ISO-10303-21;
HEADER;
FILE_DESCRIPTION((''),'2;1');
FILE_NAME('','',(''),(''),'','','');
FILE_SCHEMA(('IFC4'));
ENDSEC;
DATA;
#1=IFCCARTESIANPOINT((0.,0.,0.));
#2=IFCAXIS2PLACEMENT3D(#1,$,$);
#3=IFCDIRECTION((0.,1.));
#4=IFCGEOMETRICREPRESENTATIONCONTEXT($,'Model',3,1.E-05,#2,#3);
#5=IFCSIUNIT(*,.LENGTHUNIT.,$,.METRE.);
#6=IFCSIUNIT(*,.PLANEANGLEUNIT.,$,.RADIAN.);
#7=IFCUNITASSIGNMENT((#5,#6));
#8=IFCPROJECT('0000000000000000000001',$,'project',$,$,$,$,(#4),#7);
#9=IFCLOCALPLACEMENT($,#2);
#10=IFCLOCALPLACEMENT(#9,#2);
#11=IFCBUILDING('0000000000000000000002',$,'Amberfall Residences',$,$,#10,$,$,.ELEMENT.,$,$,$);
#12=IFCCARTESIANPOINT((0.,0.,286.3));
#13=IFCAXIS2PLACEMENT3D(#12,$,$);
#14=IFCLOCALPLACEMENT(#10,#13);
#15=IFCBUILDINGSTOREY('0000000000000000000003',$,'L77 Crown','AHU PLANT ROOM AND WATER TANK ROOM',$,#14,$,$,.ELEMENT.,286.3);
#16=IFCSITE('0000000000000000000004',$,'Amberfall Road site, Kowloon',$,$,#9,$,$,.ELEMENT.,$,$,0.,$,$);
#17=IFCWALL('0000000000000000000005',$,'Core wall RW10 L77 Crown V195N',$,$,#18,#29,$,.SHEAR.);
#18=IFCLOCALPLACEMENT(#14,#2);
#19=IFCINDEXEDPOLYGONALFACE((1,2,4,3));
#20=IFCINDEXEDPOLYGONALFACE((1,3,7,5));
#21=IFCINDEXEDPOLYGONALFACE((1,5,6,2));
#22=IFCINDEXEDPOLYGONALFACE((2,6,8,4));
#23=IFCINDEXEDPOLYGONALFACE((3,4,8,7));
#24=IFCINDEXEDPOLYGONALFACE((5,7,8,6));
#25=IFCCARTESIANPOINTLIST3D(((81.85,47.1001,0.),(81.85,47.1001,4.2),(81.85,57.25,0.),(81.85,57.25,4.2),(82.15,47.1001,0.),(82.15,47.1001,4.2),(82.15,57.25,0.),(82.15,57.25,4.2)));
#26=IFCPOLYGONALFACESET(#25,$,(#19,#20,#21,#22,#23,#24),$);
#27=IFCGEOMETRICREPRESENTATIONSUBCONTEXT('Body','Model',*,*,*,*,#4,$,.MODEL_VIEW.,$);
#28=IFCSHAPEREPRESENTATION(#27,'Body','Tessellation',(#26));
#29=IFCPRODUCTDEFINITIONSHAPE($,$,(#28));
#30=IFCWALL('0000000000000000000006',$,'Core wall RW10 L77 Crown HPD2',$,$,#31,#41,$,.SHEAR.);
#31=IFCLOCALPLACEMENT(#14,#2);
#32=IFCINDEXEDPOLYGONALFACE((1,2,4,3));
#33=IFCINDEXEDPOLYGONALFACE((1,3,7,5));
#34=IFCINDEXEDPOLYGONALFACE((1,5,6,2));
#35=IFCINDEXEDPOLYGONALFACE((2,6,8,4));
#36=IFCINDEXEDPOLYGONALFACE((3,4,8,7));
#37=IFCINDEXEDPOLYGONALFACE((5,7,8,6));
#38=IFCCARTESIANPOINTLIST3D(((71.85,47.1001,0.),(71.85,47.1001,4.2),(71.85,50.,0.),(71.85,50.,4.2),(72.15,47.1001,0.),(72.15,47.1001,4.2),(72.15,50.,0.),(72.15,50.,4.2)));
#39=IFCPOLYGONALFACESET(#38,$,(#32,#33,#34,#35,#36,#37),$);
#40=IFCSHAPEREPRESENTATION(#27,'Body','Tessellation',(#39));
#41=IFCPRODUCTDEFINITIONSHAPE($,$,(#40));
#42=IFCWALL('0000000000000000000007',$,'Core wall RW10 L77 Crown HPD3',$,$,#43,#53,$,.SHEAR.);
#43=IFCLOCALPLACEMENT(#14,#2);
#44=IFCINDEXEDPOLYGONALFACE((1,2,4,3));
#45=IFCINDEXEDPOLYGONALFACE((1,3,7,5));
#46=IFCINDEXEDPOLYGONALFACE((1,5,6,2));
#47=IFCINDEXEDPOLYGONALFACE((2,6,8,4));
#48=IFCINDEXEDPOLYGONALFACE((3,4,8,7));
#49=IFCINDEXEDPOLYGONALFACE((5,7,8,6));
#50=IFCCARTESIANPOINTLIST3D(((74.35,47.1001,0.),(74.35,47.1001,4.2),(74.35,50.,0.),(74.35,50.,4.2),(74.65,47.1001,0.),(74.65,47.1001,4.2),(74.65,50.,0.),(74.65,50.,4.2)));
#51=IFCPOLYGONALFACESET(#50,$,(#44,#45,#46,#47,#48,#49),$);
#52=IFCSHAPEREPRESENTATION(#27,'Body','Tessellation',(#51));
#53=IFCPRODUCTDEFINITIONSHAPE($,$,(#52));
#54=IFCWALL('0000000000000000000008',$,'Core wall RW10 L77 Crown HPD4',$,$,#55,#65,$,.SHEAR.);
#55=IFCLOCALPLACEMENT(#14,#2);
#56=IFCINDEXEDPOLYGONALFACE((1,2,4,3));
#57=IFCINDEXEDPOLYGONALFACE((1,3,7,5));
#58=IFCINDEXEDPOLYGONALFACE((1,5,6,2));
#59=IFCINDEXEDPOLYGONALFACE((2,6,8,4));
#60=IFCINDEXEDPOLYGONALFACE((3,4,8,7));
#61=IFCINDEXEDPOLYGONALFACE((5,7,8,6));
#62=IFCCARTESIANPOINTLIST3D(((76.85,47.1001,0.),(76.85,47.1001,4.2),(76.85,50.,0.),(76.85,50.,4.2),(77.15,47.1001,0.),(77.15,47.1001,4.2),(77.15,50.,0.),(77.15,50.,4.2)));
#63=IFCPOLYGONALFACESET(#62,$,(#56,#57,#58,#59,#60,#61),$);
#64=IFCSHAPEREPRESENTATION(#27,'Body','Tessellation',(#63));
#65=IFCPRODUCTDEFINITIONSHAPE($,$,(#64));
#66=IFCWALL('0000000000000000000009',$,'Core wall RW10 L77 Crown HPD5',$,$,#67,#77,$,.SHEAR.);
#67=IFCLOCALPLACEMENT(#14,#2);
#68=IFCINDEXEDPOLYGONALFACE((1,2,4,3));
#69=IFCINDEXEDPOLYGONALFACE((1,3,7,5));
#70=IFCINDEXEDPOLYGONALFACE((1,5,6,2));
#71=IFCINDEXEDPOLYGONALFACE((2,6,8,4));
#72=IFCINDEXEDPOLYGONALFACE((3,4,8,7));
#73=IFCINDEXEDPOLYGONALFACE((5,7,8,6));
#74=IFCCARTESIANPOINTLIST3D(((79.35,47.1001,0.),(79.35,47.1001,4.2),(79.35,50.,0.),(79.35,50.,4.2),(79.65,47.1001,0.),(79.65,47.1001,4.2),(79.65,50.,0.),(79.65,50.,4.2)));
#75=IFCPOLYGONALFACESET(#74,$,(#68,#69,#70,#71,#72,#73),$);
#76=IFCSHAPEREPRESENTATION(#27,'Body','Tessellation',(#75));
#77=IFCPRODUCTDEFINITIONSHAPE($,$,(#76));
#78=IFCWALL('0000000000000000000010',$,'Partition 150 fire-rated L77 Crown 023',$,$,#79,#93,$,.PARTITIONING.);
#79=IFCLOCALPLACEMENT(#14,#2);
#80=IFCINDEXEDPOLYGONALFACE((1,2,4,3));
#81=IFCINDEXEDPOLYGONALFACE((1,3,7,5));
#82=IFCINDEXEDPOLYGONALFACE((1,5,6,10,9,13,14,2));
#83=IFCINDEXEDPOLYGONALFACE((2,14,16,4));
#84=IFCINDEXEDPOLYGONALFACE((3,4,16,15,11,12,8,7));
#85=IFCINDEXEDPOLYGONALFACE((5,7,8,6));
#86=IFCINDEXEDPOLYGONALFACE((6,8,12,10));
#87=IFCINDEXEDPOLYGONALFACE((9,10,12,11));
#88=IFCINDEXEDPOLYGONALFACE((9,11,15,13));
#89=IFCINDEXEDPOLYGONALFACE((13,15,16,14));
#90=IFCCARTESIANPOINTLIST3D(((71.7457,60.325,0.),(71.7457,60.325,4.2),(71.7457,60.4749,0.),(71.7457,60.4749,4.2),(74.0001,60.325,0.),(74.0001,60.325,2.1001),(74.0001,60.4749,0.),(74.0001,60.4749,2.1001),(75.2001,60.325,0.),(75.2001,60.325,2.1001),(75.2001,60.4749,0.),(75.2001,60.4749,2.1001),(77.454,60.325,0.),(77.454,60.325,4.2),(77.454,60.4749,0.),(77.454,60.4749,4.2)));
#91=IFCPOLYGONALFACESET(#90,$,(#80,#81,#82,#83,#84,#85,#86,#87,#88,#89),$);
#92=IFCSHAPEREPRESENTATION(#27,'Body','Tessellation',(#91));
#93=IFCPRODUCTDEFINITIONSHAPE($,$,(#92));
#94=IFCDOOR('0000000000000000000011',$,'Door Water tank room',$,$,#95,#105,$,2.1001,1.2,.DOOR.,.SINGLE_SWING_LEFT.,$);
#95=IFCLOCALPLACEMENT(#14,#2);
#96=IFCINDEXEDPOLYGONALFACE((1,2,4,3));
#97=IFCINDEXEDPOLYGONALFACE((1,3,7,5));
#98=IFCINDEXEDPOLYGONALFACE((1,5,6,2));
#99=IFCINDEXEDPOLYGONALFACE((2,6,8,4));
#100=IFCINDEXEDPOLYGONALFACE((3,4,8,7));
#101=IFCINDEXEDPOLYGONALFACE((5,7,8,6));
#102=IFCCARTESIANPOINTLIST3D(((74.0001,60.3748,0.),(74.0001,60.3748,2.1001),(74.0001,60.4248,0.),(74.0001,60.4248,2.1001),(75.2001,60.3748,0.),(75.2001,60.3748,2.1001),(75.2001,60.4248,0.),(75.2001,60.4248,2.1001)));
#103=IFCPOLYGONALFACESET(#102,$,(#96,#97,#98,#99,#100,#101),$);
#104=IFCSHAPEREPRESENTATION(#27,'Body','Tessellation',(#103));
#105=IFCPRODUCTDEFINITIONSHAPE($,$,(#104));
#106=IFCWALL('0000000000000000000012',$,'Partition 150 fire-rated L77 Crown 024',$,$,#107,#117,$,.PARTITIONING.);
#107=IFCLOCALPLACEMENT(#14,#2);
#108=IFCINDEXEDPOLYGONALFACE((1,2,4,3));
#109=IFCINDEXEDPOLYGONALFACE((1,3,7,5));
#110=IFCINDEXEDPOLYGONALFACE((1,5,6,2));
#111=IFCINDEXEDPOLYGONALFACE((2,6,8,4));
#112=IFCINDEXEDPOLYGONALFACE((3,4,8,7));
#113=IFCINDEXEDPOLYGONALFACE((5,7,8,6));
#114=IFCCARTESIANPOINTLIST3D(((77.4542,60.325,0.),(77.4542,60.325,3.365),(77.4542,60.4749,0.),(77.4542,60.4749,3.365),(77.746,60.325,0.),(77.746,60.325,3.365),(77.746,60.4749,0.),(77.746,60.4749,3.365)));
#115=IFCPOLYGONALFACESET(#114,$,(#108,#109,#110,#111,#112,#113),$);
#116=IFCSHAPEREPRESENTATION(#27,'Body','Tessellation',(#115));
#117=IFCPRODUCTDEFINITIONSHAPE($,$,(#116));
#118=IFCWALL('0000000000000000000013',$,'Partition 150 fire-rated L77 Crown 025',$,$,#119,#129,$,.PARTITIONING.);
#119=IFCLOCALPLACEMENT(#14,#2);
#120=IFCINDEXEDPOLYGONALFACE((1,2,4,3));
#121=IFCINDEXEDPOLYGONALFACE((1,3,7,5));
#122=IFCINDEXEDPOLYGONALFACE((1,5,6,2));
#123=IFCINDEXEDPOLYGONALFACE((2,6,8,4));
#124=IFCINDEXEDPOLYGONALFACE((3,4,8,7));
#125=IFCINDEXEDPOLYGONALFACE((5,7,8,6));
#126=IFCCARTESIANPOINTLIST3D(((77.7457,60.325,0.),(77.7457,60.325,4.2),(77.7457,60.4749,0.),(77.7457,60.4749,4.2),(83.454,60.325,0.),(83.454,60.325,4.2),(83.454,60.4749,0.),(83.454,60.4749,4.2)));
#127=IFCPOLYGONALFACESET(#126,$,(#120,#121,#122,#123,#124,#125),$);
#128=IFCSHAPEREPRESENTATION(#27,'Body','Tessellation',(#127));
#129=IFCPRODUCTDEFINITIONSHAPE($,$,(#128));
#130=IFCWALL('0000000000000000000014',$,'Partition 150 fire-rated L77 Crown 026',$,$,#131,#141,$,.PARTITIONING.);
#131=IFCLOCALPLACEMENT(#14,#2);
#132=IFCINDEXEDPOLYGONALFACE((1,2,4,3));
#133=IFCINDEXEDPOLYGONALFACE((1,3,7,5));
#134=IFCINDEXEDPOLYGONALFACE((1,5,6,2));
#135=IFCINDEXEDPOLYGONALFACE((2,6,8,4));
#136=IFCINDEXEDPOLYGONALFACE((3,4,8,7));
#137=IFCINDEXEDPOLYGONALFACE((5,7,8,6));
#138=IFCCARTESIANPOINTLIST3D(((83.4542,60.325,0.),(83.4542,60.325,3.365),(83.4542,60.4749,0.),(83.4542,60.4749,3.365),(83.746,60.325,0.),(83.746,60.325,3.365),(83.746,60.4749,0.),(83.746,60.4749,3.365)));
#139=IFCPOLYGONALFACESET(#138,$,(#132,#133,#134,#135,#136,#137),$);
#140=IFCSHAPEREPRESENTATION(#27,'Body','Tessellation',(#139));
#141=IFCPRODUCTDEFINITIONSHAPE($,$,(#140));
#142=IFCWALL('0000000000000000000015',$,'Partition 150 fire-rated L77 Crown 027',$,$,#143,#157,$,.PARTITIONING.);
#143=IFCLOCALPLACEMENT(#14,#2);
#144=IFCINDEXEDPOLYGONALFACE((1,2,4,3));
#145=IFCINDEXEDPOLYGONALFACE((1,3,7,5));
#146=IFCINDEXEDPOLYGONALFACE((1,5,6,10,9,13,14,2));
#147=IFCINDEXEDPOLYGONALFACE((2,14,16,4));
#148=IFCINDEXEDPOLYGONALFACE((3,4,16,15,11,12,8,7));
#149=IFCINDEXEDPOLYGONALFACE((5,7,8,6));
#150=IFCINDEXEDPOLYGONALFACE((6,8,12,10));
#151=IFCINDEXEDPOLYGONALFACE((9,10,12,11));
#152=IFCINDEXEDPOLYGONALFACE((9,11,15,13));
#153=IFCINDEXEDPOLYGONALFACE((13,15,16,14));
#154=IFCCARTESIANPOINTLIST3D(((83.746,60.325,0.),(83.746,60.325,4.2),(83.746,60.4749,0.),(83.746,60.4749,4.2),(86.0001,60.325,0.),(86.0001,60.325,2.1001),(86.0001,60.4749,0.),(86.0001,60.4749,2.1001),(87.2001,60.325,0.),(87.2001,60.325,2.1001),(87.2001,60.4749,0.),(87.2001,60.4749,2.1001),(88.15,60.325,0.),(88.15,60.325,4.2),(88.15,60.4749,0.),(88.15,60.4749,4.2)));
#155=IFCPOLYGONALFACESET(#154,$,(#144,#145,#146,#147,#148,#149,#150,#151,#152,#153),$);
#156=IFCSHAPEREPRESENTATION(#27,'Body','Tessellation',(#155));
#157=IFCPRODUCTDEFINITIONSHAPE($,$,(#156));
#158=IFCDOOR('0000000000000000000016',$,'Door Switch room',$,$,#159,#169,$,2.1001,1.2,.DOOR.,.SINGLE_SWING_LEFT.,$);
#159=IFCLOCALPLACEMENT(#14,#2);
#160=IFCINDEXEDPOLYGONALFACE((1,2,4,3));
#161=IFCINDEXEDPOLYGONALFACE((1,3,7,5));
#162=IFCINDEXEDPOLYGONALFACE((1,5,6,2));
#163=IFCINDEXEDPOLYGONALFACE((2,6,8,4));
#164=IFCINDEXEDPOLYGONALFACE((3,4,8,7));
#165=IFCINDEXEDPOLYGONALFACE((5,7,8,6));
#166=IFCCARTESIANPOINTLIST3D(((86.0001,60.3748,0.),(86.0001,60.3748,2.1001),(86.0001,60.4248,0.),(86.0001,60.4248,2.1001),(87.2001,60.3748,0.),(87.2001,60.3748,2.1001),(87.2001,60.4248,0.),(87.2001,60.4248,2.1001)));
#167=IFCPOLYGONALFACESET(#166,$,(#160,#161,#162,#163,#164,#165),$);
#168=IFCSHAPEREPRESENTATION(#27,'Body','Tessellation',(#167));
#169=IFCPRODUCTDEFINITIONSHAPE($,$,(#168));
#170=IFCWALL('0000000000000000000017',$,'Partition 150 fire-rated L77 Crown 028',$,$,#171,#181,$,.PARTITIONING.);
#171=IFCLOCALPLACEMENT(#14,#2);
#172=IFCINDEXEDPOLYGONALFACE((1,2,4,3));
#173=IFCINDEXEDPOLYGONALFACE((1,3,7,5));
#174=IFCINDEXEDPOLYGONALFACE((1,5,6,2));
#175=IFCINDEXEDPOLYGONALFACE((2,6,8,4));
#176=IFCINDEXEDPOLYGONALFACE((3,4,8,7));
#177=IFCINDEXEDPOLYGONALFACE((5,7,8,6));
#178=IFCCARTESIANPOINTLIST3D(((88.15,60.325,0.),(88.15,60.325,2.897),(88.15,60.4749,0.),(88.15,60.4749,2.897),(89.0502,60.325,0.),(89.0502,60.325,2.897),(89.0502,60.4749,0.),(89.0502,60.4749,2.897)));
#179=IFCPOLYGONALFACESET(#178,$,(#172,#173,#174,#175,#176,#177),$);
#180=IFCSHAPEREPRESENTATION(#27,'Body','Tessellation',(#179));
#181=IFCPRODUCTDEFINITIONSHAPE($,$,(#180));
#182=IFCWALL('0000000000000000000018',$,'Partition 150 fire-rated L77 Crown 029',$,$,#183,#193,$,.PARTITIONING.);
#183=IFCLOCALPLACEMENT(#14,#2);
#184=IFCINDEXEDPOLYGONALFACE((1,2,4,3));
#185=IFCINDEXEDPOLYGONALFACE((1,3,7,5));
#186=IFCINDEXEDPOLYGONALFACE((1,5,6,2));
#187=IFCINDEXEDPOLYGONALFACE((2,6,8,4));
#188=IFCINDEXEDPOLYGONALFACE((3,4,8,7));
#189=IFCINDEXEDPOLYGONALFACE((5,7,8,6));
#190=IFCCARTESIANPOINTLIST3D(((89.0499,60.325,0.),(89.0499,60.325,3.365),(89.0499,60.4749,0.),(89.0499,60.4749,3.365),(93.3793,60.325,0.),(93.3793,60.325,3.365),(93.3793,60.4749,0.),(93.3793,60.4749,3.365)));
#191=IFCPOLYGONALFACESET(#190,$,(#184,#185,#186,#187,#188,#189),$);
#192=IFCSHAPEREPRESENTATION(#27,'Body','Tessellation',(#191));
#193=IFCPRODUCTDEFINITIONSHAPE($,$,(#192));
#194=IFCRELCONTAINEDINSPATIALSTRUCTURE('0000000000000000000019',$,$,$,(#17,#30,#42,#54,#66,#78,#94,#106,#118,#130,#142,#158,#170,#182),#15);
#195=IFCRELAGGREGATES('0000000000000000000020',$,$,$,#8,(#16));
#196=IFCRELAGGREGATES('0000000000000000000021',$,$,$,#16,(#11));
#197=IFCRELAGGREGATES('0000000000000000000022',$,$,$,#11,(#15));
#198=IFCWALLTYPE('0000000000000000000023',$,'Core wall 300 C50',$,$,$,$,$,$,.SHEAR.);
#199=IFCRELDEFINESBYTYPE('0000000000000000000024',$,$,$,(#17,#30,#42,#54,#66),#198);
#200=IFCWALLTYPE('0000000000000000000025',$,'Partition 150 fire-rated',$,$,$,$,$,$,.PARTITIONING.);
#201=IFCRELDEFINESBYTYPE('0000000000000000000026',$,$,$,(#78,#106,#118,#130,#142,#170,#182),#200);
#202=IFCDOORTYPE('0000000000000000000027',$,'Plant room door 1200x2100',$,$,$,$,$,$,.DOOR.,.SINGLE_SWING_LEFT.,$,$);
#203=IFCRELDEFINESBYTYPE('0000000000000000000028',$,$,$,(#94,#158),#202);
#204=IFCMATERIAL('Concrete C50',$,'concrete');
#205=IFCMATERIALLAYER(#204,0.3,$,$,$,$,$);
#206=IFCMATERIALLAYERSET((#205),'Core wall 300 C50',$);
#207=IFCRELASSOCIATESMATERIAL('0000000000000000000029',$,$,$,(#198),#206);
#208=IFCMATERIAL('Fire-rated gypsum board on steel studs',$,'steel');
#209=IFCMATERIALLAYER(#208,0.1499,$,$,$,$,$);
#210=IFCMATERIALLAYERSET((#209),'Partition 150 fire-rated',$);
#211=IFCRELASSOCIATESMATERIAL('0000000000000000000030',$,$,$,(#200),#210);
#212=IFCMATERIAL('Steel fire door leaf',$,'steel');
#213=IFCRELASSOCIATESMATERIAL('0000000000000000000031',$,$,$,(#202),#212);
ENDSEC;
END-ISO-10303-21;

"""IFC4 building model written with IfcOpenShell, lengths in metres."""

from ifc_helpers import new_model, si_unit, direction, frame, frame_2d, origin, place, context, subcontext, project, spatial, rectangle, extrude, material, layer, layer_set, type_object, element, fill, save


model = new_model("IFC4")

# Units and contexts
model_context = context("Model", 3, precision=1e-05, world=origin(), true_north=direction((0.0, 1.0)))
body_context = subcontext(model_context, "Body", "Model", "MODEL_VIEW")
ifc_project = project(units=[si_unit("LENGTHUNIT", "METRE"), si_unit("PLANEANGLEUNIT", "RADIAN")], contexts=[model_context])

# Site, building, storey
site_placement = place(None, origin())
site = spatial("IfcSite", under=ifc_project, at=site_placement, Name="Amberfall Road site, Kowloon", CompositionType="ELEMENT", RefElevation=0.0)
building_placement = place(site_placement, origin())
building = spatial("IfcBuilding", under=site, at=building_placement, Name="Amberfall Residences", CompositionType="ELEMENT")
storey_placement = place(building_placement, frame((0.0, 0.0, 286.3)))
storey = spatial("IfcBuildingStorey", under=building, at=storey_placement, Name="L77 Crown", Description="AHU PLANT ROOM AND WATER TANK ROOM", CompositionType="ELEMENT", Elevation=286.3)

# Walls
ifc_material_1 = material(Name="Concrete C50", Category="concrete")
ifc_layer_1 = layer(ifc_material_1, 0.3)
ifc_layer_set_1 = layer_set([ifc_layer_1], Name="Core wall 300 C50")
wall_type_1 = type_object("IfcWallType", Name="Core wall 300 C50", PredefinedType="SHEAR", material=ifc_layer_set_1)
wall_1_placement = place(storey_placement, frame((82.0, 47.1001, 0.0), z_axis=(0.0, 0.0, 1.0), x_axis=(0.0, 1.0, 0.0)))
element("IfcWall", 1, at=wall_1_placement, inside=storey, type_object=wall_type_1, Name="Core wall RW10 L77 Crown V195N", PredefinedType="SHEAR", context=body_context, shape_type="SweptSolid", body=[
    extrude(rectangle(XDim=10.1499, YDim=0.3, at=frame_2d((5.075, 0.0))), origin(), (0.0, 0.0, 1.0), 4.2),
])
for number, where, z_axis, x_axis, name in (
    (2, (72.0, 47.1001, 0.0), (0.0, 0.0, 1.0), (0.0, 1.0, 0.0), "Core wall RW10 L77 Crown HPD2"),
    (3, (74.5, 47.1001, 0.0), (0.0, 0.0, 1.0), (0.0, 1.0, 0.0), "Core wall RW10 L77 Crown HPD3"),
    (4, (77.0, 47.1001, 0.0), (0.0, 0.0, 1.0), (0.0, 1.0, 0.0), "Core wall RW10 L77 Crown HPD4"),
    (5, (79.5, 47.1001, 0.0), (0.0, 0.0, 1.0), (0.0, 1.0, 0.0), "Core wall RW10 L77 Crown HPD5"),
):
    element("IfcWall", number, at=place(storey_placement, frame(where, z_axis=z_axis, x_axis=x_axis)), inside=storey, type_object=wall_type_1, Name=name, PredefinedType="SHEAR", context=body_context, shape_type="SweptSolid", body=[
        extrude(rectangle(XDim=2.8999, YDim=0.3, at=frame_2d((1.45, 0.0))), origin(), (0.0, 0.0, 1.0), 4.2),
    ])

# Wall, opening, door
ifc_material_2 = material(Name="Fire-rated gypsum board on steel studs", Category="steel")
ifc_layer_2 = layer(ifc_material_2, 0.1499)
ifc_layer_set_2 = layer_set([ifc_layer_2], Name="Partition 150 fire-rated")
wall_type_2 = type_object("IfcWallType", Name="Partition 150 fire-rated", PredefinedType="PARTITIONING", material=ifc_layer_set_2)
wall_2_placement = place(storey_placement, frame((71.7458, 60.3999, 0.0), z_axis=(0.0, 0.0, 1.0), x_axis=(1.0, 0.0, 0.0)))
wall_2 = element("IfcWall", 6, at=wall_2_placement, inside=storey, type_object=wall_type_2, Name="Partition 150 fire-rated L77 Crown 023", PredefinedType="PARTITIONING", context=body_context, shape_type="SweptSolid", body=[
    extrude(rectangle(XDim=5.7083, YDim=0.1499, at=frame_2d((2.854, 0.0))), origin(), (0.0, 0.0, 1.0), 4.2),
])
opening_1_placement = place(wall_2_placement, frame((2.2542, 0.0, 0.0)))
opening_1 = element("IfcOpeningElement", 7, at=opening_1_placement, cuts=wall_2, PredefinedType="OPENING", context=body_context, shape_type="SweptSolid", body=[
    extrude(rectangle(XDim=1.2, YDim=2.1001, at=frame_2d((0.6001, 1.05))), frame((0.0, 0.085, 0.0), z_axis=(0.0, -1.0, 0.0), x_axis=(1.0, 0.0, 0.0)), (0.0, 0.0, 1.0), 0.1699),
])
ifc_material_3 = material(Name="Steel fire door leaf", Category="steel")
door_type = type_object("IfcDoorType", Name="Plant room door 1200x2100", OperationType="SINGLE_SWING_LEFT", PredefinedType="DOOR", material=ifc_material_3)
door_1_placement = place(opening_1_placement, origin())
door_1 = element("IfcDoor", 8, at=door_1_placement, inside=storey, type_object=door_type, Name="Door Water tank room", OperationType="SINGLE_SWING_LEFT", OverallHeight=2.1001, OverallWidth=1.2, PredefinedType="DOOR", context=body_context, shape_type="SweptSolid", body=[
    extrude(rectangle(XDim=1.2, YDim=2.1001, at=frame_2d((0.6001, 1.05))), frame((0.0, 0.0249, 0.0), z_axis=(0.0, -1.0, 0.0), x_axis=(1.0, 0.0, 0.0)), (0.0, 0.0, 1.0), 0.05),
])
fill(opening_1, door_1)

# Walls
wall_3_placement = place(storey_placement, frame((77.4541, 60.3999, 0.0), z_axis=(0.0, 0.0, 1.0), x_axis=(1.0, 0.0, 0.0)))
element("IfcWall", 9, at=wall_3_placement, inside=storey, type_object=wall_type_2, Name="Partition 150 fire-rated L77 Crown 024", PredefinedType="PARTITIONING", context=body_context, shape_type="SweptSolid", body=[
    extrude(rectangle(XDim=0.2917, YDim=0.1499, at=frame_2d((0.146, 0.0))), origin(), (0.0, 0.0, 1.0), 3.365),
])
wall_4_placement = place(storey_placement, frame((77.7458, 60.3999, 0.0), z_axis=(0.0, 0.0, 1.0), x_axis=(1.0, 0.0, 0.0)))
element("IfcWall", 10, at=wall_4_placement, inside=storey, type_object=wall_type_2, Name="Partition 150 fire-rated L77 Crown 025", PredefinedType="PARTITIONING", context=body_context, shape_type="SweptSolid", body=[
    extrude(rectangle(XDim=5.7083, YDim=0.1499, at=frame_2d((2.854, 0.0))), origin(), (0.0, 0.0, 1.0), 4.2),
])
wall_5_placement = place(storey_placement, frame((83.4541, 60.3999, 0.0), z_axis=(0.0, 0.0, 1.0), x_axis=(1.0, 0.0, 0.0)))
element("IfcWall", 11, at=wall_5_placement, inside=storey, type_object=wall_type_2, Name="Partition 150 fire-rated L77 Crown 026", PredefinedType="PARTITIONING", context=body_context, shape_type="SweptSolid", body=[
    extrude(rectangle(XDim=0.2917, YDim=0.1499, at=frame_2d((0.146, 0.0))), origin(), (0.0, 0.0, 1.0), 3.365),
])

# Wall, opening, door
wall_6_placement = place(storey_placement, frame((83.7458, 60.3999, 0.0), z_axis=(0.0, 0.0, 1.0), x_axis=(1.0, 0.0, 0.0)))
wall_6 = element("IfcWall", 12, at=wall_6_placement, inside=storey, type_object=wall_type_2, Name="Partition 150 fire-rated L77 Crown 027", PredefinedType="PARTITIONING", context=body_context, shape_type="SweptSolid", body=[
    extrude(rectangle(XDim=4.4041, YDim=0.1499, at=frame_2d((2.2021, 0.0))), origin(), (0.0, 0.0, 1.0), 4.2),
])
opening_2_placement = place(wall_6_placement, frame((2.2542, 0.0, 0.0)))
opening_2 = element("IfcOpeningElement", 13, at=opening_2_placement, cuts=wall_6, PredefinedType="OPENING", context=body_context, shape_type="SweptSolid", body=[
    extrude(rectangle(XDim=1.2, YDim=2.1001, at=frame_2d((0.6001, 1.05))), frame((0.0, 0.085, 0.0), z_axis=(0.0, -1.0, 0.0), x_axis=(1.0, 0.0, 0.0)), (0.0, 0.0, 1.0), 0.1699),
])
door_2_placement = place(opening_2_placement, origin())
door_2 = element("IfcDoor", 14, at=door_2_placement, inside=storey, type_object=door_type, Name="Door Switch room", OperationType="SINGLE_SWING_LEFT", OverallHeight=2.1001, OverallWidth=1.2, PredefinedType="DOOR", context=body_context, shape_type="SweptSolid", body=[
    extrude(rectangle(XDim=1.2, YDim=2.1001, at=frame_2d((0.6001, 1.05))), frame((0.0, 0.0249, 0.0), z_axis=(0.0, -1.0, 0.0), x_axis=(1.0, 0.0, 0.0)), (0.0, 0.0, 1.0), 0.05),
])
fill(opening_2, door_2)

# Walls
wall_7_placement = place(storey_placement, frame((88.1499, 60.3999, 0.0), z_axis=(0.0, 0.0, 1.0), x_axis=(1.0, 0.0, 0.0)))
element("IfcWall", 15, at=wall_7_placement, inside=storey, type_object=wall_type_2, Name="Partition 150 fire-rated L77 Crown 028", PredefinedType="PARTITIONING", context=body_context, shape_type="SweptSolid", body=[
    extrude(rectangle(XDim=0.9001, YDim=0.1499, at=frame_2d((0.4502, 0.0))), origin(), (0.0, 0.0, 1.0), 2.897),
])
wall_8_placement = place(storey_placement, frame((89.05, 60.3999, 0.0), z_axis=(0.0, 0.0, 1.0), x_axis=(1.0, 0.0, 0.0)))
element("IfcWall", 16, at=wall_8_placement, inside=storey, type_object=wall_type_2, Name="Partition 150 fire-rated L77 Crown 029", PredefinedType="PARTITIONING", context=body_context, shape_type="SweptSolid", body=[
    extrude(rectangle(XDim=4.3293, YDim=0.1499, at=frame_2d((2.1646, 0.0))), origin(), (0.0, 0.0, 1.0), 3.365),
])

save(model, "model.ifc")
